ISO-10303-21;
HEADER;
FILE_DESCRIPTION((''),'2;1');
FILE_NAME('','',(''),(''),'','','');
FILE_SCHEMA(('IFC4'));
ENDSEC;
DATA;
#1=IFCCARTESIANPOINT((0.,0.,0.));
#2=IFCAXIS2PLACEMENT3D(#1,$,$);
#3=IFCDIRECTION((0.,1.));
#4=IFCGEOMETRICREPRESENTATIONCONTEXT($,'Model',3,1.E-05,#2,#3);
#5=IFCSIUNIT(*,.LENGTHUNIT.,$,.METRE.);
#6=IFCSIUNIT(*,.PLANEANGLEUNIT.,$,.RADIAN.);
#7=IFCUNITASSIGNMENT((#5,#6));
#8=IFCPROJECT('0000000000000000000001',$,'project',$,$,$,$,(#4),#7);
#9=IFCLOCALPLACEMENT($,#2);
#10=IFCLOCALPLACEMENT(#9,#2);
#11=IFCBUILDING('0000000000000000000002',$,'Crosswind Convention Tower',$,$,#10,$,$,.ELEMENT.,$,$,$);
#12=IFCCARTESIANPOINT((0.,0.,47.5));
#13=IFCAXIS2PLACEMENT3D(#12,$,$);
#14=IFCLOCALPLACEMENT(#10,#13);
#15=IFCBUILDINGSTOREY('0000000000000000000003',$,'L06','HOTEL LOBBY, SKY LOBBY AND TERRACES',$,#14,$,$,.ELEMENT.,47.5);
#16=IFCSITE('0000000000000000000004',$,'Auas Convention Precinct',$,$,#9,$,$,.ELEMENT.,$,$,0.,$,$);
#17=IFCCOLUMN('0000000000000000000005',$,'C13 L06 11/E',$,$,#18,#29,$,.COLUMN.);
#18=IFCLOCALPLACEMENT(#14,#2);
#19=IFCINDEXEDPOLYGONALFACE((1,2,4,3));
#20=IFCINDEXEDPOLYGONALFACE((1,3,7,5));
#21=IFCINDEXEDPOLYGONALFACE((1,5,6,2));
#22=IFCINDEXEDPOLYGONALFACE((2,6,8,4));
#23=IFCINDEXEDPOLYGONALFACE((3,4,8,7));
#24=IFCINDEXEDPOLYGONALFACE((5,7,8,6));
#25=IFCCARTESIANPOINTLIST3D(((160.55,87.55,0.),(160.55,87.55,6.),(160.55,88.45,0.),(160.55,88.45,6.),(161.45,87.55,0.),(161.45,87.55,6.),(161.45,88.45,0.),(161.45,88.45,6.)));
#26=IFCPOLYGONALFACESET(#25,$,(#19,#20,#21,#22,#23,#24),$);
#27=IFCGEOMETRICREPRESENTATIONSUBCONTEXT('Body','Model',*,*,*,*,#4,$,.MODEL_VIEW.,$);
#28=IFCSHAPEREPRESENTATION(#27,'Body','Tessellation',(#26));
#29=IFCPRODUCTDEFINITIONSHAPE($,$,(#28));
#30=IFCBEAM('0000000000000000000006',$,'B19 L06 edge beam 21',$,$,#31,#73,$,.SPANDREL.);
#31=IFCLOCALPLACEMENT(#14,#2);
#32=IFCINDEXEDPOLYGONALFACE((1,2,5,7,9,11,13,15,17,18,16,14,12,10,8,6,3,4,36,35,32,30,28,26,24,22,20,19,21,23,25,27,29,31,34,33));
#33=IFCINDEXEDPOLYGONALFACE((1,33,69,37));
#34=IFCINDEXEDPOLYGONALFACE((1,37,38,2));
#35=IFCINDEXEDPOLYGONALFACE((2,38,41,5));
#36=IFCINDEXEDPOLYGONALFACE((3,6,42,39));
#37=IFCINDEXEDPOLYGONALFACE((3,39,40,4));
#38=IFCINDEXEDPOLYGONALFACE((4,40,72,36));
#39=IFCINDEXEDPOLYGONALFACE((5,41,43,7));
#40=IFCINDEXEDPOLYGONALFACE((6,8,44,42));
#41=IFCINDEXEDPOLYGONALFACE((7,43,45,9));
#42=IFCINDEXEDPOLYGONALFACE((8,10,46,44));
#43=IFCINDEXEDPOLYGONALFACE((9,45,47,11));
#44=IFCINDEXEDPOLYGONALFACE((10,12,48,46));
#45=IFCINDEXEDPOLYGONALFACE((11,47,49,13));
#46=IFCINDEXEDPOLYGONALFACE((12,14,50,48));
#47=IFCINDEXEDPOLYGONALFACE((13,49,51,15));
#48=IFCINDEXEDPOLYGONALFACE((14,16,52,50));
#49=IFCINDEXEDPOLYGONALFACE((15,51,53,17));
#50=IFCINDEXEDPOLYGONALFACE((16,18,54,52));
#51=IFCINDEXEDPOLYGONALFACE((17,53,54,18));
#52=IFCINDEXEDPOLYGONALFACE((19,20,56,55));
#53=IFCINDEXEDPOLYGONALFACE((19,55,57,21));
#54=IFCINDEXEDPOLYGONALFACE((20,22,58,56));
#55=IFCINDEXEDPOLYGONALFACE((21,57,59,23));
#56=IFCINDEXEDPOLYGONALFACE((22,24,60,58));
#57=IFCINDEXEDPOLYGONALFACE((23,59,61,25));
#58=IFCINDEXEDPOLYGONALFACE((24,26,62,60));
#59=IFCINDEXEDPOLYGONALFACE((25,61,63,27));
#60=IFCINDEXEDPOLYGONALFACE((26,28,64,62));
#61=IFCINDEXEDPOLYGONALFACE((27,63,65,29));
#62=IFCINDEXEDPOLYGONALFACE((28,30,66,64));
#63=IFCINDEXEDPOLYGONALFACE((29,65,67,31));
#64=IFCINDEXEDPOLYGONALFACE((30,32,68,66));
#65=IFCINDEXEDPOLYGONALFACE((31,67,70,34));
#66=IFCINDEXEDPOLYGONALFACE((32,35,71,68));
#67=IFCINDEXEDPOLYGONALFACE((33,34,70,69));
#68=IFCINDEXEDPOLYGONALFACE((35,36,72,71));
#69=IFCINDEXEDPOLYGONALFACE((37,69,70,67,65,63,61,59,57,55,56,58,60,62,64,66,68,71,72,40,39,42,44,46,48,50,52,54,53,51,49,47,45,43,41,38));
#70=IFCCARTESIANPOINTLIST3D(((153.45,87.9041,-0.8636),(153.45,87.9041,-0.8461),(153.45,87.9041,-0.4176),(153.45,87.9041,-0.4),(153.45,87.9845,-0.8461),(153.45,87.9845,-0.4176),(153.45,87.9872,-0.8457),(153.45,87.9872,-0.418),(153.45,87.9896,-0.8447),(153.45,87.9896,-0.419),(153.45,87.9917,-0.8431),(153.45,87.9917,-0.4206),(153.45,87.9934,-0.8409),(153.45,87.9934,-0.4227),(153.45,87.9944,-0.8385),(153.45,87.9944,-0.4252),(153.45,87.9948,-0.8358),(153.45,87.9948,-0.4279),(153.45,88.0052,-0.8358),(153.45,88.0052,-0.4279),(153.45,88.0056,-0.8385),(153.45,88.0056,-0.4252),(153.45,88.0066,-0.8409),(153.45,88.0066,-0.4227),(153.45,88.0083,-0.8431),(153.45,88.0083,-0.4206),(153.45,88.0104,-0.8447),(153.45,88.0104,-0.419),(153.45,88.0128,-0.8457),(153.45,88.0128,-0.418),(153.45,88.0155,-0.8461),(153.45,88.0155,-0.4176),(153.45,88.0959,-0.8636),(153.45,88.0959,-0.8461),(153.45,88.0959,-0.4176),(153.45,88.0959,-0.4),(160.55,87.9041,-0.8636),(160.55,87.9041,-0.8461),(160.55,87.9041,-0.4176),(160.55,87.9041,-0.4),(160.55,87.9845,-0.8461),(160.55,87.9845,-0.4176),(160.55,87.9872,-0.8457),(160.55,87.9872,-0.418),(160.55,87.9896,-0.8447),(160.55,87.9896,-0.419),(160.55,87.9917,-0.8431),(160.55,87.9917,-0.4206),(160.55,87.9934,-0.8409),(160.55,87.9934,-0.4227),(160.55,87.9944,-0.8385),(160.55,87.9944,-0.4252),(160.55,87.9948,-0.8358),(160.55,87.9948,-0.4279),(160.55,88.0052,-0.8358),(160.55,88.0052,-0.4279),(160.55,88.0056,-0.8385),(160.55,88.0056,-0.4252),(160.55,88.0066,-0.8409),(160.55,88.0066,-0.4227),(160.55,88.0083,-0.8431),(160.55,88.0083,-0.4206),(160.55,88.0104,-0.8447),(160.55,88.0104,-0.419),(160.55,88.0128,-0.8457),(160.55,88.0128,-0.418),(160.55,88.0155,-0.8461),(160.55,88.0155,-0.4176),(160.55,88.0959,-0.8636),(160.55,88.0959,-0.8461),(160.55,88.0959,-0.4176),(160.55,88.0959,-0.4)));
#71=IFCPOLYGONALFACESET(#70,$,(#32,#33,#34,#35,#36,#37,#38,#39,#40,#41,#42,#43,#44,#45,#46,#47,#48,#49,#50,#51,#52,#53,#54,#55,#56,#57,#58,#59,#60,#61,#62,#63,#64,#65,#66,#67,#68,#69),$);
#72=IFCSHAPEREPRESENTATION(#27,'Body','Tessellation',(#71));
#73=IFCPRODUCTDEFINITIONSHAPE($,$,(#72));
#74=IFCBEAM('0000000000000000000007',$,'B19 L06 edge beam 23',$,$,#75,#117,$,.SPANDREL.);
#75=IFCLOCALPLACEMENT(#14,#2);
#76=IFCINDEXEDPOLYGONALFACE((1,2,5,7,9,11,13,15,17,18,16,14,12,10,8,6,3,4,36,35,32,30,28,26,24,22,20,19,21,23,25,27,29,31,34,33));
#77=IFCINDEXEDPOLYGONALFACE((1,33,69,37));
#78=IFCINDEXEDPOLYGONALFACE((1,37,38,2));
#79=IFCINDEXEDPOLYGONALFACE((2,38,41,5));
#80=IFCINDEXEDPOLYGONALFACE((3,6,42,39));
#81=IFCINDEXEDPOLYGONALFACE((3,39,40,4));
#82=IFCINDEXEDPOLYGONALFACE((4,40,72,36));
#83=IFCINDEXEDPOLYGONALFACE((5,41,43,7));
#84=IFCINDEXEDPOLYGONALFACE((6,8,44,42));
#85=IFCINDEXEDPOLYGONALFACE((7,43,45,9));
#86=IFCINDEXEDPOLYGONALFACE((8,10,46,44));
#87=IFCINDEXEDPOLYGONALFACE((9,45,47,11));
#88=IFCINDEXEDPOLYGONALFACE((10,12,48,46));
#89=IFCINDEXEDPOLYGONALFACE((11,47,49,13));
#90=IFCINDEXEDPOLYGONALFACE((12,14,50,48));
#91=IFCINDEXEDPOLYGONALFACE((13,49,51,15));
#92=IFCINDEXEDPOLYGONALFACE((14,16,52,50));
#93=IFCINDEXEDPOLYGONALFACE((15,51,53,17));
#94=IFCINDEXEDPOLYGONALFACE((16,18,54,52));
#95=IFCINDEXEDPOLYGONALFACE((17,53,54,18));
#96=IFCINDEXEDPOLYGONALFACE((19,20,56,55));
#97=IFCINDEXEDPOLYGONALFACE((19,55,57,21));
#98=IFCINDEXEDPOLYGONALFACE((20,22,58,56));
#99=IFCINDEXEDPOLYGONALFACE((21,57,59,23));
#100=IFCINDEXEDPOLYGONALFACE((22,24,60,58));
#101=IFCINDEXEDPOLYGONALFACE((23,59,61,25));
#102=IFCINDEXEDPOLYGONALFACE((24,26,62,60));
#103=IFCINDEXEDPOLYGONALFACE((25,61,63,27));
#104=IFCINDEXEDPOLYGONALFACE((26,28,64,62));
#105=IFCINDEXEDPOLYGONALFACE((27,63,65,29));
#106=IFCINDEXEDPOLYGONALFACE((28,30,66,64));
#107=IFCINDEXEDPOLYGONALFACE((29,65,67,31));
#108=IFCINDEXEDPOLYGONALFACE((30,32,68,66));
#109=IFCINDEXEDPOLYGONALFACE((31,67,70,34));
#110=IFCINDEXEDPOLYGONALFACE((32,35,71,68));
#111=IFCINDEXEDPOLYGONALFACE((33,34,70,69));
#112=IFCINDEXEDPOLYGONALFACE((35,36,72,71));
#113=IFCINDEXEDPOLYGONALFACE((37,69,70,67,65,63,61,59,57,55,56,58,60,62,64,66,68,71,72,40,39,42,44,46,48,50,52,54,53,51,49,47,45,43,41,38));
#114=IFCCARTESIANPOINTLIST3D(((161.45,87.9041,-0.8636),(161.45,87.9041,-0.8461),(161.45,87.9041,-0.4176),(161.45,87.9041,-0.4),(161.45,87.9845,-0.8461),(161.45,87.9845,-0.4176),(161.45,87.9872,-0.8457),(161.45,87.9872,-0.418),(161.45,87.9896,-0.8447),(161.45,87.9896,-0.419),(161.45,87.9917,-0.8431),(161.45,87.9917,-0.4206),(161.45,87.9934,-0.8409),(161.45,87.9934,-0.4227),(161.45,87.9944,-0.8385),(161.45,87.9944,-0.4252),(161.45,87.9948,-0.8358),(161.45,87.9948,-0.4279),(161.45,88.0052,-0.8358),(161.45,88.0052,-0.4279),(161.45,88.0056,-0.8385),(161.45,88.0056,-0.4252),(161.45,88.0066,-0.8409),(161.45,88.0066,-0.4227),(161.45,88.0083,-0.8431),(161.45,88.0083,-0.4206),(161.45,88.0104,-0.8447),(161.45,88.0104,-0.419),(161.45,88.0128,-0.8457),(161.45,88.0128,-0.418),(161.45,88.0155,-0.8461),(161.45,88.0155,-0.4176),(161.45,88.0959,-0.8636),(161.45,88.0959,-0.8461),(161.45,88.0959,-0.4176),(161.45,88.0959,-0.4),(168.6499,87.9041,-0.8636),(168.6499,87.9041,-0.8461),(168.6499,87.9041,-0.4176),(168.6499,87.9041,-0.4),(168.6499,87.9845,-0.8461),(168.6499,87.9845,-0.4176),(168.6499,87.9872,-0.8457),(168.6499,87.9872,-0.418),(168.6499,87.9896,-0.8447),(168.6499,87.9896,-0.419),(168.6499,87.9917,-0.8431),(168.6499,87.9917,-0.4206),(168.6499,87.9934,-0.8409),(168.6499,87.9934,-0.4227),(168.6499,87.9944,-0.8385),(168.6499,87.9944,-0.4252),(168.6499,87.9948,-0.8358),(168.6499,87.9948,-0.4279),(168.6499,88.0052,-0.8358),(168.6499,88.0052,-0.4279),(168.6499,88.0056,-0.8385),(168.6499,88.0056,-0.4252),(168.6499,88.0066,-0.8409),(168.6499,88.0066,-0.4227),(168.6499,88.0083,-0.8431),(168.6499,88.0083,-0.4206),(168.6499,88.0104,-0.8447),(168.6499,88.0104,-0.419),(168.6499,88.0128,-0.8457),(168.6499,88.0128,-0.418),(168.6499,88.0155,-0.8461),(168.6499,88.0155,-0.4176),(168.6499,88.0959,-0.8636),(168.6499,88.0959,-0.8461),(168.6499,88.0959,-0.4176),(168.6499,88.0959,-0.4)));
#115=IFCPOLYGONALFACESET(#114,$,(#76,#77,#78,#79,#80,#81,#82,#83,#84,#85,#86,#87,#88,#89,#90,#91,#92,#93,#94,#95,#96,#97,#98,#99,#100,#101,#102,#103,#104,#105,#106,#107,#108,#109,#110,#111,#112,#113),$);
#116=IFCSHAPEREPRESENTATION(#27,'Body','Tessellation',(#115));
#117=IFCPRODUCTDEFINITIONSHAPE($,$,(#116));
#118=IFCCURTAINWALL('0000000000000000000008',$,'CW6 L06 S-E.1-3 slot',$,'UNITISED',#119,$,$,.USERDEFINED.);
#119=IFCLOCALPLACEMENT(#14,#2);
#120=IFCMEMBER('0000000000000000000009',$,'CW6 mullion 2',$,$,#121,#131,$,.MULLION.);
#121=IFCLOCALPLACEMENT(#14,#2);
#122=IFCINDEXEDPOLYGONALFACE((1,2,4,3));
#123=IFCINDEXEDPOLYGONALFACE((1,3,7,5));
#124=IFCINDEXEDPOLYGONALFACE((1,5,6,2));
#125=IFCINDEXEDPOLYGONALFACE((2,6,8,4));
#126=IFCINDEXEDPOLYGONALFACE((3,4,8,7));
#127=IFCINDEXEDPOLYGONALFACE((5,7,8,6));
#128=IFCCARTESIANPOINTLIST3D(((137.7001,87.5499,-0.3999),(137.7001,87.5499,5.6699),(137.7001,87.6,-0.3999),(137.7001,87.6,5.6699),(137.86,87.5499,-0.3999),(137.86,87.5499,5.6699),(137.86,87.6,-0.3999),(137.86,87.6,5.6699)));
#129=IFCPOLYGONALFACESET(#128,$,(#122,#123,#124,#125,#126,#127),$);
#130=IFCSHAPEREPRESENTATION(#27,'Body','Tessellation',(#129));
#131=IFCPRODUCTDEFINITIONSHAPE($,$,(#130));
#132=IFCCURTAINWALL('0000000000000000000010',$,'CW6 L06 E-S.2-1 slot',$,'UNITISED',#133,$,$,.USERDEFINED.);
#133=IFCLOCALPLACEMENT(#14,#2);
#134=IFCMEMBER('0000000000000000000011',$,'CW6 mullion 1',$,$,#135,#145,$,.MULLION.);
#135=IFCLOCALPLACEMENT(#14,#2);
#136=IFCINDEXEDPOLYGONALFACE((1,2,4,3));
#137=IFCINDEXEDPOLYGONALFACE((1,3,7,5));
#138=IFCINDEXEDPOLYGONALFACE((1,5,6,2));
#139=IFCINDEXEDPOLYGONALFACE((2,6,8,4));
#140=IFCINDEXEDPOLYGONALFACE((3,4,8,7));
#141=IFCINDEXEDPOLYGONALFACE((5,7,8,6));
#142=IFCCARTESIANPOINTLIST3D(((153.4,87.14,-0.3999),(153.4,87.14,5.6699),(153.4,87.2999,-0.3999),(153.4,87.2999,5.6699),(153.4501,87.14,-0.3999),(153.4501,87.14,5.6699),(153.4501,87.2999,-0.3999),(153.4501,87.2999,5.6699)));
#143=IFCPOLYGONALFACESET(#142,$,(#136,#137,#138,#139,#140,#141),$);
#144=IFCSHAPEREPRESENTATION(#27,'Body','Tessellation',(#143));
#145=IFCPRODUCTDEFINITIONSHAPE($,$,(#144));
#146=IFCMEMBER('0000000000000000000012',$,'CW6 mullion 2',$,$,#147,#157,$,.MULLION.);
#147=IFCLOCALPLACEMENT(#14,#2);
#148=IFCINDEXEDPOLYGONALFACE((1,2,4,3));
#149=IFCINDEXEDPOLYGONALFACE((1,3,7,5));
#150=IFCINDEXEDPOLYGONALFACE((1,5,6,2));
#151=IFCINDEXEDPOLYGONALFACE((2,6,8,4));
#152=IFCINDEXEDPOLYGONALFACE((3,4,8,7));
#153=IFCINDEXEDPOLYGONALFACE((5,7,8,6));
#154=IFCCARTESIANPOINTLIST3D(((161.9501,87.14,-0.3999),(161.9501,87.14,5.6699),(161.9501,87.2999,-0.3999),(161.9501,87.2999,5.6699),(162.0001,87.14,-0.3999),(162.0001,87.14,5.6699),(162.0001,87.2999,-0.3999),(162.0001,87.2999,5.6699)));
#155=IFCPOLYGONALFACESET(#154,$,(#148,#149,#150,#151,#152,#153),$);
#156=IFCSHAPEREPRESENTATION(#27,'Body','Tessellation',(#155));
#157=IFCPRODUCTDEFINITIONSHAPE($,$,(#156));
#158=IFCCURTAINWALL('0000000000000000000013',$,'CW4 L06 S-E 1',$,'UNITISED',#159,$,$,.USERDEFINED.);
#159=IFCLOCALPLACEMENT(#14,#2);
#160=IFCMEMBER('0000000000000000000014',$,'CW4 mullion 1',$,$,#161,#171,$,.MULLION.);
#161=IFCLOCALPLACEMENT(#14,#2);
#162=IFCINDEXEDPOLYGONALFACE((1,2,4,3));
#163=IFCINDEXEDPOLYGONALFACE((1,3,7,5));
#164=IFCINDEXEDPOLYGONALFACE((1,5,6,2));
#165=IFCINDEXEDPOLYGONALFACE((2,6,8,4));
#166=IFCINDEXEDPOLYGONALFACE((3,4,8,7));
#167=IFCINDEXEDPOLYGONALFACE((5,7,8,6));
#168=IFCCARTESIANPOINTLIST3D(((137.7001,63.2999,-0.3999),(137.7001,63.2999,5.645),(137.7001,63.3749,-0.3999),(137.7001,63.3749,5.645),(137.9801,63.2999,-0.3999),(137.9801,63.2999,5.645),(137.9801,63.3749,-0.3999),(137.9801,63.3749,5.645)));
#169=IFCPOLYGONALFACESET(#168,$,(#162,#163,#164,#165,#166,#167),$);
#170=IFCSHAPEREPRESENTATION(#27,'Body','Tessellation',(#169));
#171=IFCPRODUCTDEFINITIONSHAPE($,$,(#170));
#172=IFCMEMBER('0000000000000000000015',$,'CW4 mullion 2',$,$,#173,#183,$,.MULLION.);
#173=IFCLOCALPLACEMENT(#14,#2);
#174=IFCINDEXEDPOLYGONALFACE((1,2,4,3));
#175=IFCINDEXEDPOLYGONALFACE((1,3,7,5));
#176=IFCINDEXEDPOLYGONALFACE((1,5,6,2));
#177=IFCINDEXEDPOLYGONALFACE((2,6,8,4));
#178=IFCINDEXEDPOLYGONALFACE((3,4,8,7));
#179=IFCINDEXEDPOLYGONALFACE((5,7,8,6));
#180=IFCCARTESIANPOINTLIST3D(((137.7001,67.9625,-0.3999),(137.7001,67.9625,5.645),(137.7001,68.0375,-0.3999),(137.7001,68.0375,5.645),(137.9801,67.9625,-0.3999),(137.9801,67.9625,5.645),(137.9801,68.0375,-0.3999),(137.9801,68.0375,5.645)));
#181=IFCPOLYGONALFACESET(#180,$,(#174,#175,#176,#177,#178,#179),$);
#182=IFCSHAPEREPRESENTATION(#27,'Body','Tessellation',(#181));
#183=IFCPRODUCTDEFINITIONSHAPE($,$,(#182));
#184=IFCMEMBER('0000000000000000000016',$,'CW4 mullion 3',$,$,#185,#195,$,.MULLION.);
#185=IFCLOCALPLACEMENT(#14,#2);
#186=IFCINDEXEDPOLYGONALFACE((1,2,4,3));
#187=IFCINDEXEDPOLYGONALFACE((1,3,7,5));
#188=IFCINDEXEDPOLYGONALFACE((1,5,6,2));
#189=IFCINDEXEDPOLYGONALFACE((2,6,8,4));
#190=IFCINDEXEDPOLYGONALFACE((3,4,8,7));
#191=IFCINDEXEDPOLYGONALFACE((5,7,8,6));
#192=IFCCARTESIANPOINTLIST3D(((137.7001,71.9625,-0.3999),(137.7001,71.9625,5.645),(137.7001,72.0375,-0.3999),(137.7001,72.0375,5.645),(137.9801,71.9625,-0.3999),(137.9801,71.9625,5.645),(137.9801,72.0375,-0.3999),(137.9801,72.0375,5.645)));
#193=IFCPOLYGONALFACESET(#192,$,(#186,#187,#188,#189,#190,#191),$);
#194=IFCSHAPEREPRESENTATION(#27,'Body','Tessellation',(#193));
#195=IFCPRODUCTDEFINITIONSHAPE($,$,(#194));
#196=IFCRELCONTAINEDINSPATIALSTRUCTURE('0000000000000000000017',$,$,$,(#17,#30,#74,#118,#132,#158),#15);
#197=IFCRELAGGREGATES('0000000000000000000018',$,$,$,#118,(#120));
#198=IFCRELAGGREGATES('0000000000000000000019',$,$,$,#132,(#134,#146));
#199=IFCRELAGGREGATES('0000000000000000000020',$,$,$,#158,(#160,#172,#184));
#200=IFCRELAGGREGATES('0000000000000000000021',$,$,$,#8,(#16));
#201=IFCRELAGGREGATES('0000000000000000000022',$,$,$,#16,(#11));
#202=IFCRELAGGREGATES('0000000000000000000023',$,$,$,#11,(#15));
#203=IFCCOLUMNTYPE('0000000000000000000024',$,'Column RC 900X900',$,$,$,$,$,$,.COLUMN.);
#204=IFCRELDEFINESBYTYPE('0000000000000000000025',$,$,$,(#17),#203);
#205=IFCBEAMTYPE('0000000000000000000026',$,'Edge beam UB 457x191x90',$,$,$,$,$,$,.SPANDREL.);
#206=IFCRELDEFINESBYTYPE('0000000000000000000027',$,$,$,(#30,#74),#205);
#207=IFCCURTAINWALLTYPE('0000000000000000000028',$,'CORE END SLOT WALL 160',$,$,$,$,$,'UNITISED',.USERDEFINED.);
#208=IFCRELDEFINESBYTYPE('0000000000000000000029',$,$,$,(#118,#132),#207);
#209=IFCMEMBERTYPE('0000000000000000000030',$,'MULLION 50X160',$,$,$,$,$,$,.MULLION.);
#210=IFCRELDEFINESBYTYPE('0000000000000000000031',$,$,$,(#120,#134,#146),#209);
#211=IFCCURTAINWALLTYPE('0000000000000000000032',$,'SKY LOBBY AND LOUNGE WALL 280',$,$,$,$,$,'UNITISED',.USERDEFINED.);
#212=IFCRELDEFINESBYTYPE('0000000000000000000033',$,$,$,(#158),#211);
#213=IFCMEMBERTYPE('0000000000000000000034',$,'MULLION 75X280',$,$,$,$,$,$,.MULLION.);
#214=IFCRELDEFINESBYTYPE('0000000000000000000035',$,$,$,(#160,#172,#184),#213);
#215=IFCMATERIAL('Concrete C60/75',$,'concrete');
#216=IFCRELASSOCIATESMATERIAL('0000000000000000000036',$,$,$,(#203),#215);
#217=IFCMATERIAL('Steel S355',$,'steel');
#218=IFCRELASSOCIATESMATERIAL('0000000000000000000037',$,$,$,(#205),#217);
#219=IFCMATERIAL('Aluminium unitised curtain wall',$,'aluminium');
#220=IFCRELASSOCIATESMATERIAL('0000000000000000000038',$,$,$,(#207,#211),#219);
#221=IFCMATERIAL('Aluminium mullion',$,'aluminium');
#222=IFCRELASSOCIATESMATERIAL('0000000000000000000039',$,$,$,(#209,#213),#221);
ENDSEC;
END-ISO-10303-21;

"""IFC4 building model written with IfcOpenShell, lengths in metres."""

from ifc_helpers import new_model, si_unit, direction, frame, origin, origin_2d, place, context, subcontext, project, spatial, rectangle, i_section, extrude, material, material_profile, profile_set, type_object, element, aggregate, save


model = new_model("IFC4")

# Units and contexts
model_context = context("Model", 3, precision=1e-05, world=origin(), true_north=direction((0.0, 1.0)))
body_context = subcontext(model_context, "Body", "Model", "MODEL_VIEW")
ifc_project = project(units=[si_unit("LENGTHUNIT", "METRE"), si_unit("PLANEANGLEUNIT", "RADIAN")], contexts=[model_context])

# Site, building, storey
site_placement = place(None, origin())
site = spatial("IfcSite", under=ifc_project, at=site_placement, Name="Auas Convention Precinct", CompositionType="ELEMENT", RefElevation=0.0)
building_placement = place(site_placement, origin())
building = spatial("IfcBuilding", under=site, at=building_placement, Name="Crosswind Convention Tower", CompositionType="ELEMENT")
storey_placement = place(building_placement, frame((0.0, 0.0, 47.5)))
storey = spatial("IfcBuildingStorey", under=building, at=storey_placement, Name="L06", Description="HOTEL LOBBY, SKY LOBBY AND TERRACES", CompositionType="ELEMENT", Elevation=47.5)

# Column
ifc_material_1 = material(Name="Concrete C60/75", Category="concrete")
ifc_material_profile_1 = material_profile(ifc_material_1, rectangle(XDim=0.8999, YDim=0.8999, at=origin_2d()), Name="RC 900X900")
ifc_profile_set_1 = profile_set([ifc_material_profile_1], Name="Concrete C60/75")
column_type = type_object("IfcColumnType", Name="Column RC 900X900", PredefinedType="COLUMN", material=ifc_profile_set_1)
column_placement = place(storey_placement, frame((161.0, 88.0, 0.0), z_axis=(0.0, 0.0, 1.0), x_axis=(1.0, 0.0, 0.0)))
element("IfcColumn", 1, at=column_placement, inside=storey, type_object=column_type, Name="C13 L06 11/E", PredefinedType="COLUMN", context=body_context, shape_type="SweptSolid", body=[
    extrude(rectangle(XDim=0.8999, YDim=0.8999, at=origin_2d()), origin(), (0.0, 0.0, 1.0), 6.0),
])

# Beams
ifc_material_2 = material(Name="Steel S355", Category="steel")
ifc_material_profile_2 = material_profile(ifc_material_2, i_section(OverallWidth=0.1919, OverallDepth=0.4636, WebThickness=0.0105, FlangeThickness=0.0176, FilletRadius=0.0103, at=origin_2d()), Name="UB 457x191x90")
ifc_profile_set_2 = profile_set([ifc_material_profile_2], Name="Steel S355")
beam_type = type_object("IfcBeamType", Name="Edge beam UB 457x191x90", PredefinedType="SPANDREL", material=ifc_profile_set_2)
beam_1_placement = place(storey_placement, frame((153.45, 88.0, -0.6318), z_axis=(1.0, 0.0, 0.0), x_axis=(0.0, 1.0, 0.0)))
element("IfcBeam", 2, at=beam_1_placement, inside=storey, type_object=beam_type, Name="B19 L06 edge beam 21", PredefinedType="SPANDREL", context=body_context, shape_type="SweptSolid", body=[
    extrude(i_section(OverallWidth=0.1919, OverallDepth=0.4636, WebThickness=0.0105, FlangeThickness=0.0176, FilletRadius=0.0103, at=origin_2d()), origin(), (0.0, 0.0, 1.0), 7.1001),
])
beam_2_placement = place(storey_placement, frame((161.45, 88.0, -0.6318), z_axis=(1.0, 0.0, 0.0), x_axis=(0.0, 1.0, 0.0)))
element("IfcBeam", 3, at=beam_2_placement, inside=storey, type_object=beam_type, Name="B19 L06 edge beam 23", PredefinedType="SPANDREL", context=body_context, shape_type="SweptSolid", body=[
    extrude(i_section(OverallWidth=0.1919, OverallDepth=0.4636, WebThickness=0.0105, FlangeThickness=0.0176, FilletRadius=0.0103, at=origin_2d()), origin(), (0.0, 0.0, 1.0), 7.2),
])

# Curtain wall, member
ifc_material_3 = material(Name="Aluminium unitised curtain wall", Category="aluminium")
curtain_wall_type_1 = type_object("IfcCurtainWallType", Name="CORE END SLOT WALL 160", ElementType="UNITISED", PredefinedType="USERDEFINED", material=ifc_material_3)
curtain_wall_1_placement = place(storey_placement, origin())
curtain_wall_1 = element("IfcCurtainWall", 4, at=curtain_wall_1_placement, inside=storey, type_object=curtain_wall_type_1, Name="CW6 L06 S-E.1-3 slot", ObjectType="UNITISED", PredefinedType="USERDEFINED")
ifc_material_4 = material(Name="Aluminium mullion", Category="aluminium")
ifc_material_profile_3 = material_profile(ifc_material_4, rectangle(XDim=0.1599, YDim=0.05, at=origin_2d()), Name="AL 160X50")
ifc_profile_set_3 = profile_set([ifc_material_profile_3], Name="Aluminium mullion")
member_type_1 = type_object("IfcMemberType", Name="MULLION 50X160", PredefinedType="MULLION", material=ifc_profile_set_3)
member_1_placement = place(storey_placement, frame((137.78, 87.575, -0.3999), z_axis=(0.0, 0.0, 1.0), x_axis=(1.0, 0.0, 0.0)))
member_1 = element("IfcMember", 5, at=member_1_placement, type_object=member_type_1, Name="CW6 mullion 2", PredefinedType="MULLION", context=body_context, shape_type="SweptSolid", body=[
    extrude(rectangle(XDim=0.1599, YDim=0.05, at=origin_2d()), origin(), (0.0, 0.0, 1.0), 6.0698),
])

# Curtain walls, members
curtain_wall_2_placement = place(storey_placement, origin())
curtain_wall_2 = element("IfcCurtainWall", 6, at=curtain_wall_2_placement, inside=storey, type_object=curtain_wall_type_1, Name="CW6 L06 E-S.2-1 slot", ObjectType="UNITISED", PredefinedType="USERDEFINED")
member_2_placement = place(storey_placement, frame((153.425, 87.22, -0.3999), z_axis=(0.0, 0.0, 1.0), x_axis=(0.0, -1.0, 0.0)))
member_2 = element("IfcMember", 7, at=member_2_placement, type_object=member_type_1, Name="CW6 mullion 1", PredefinedType="MULLION", context=body_context, shape_type="SweptSolid", body=[
    extrude(rectangle(XDim=0.1599, YDim=0.05, at=origin_2d()), origin(), (0.0, 0.0, 1.0), 6.0698),
])
member_3_placement = place(storey_placement, frame((161.9751, 87.22, -0.3999), z_axis=(0.0, 0.0, 1.0), x_axis=(0.0, -1.0, 0.0)))
member_3 = element("IfcMember", 8, at=member_3_placement, type_object=member_type_1, Name="CW6 mullion 2", PredefinedType="MULLION", context=body_context, shape_type="SweptSolid", body=[
    extrude(rectangle(XDim=0.1599, YDim=0.05, at=origin_2d()), origin(), (0.0, 0.0, 1.0), 6.0698),
])
curtain_wall_type_2 = type_object("IfcCurtainWallType", Name="SKY LOBBY AND LOUNGE WALL 280", ElementType="UNITISED", PredefinedType="USERDEFINED", material=ifc_material_3)
curtain_wall_3_placement = place(storey_placement, origin())
curtain_wall_3 = element("IfcCurtainWall", 9, at=curtain_wall_3_placement, inside=storey, type_object=curtain_wall_type_2, Name="CW4 L06 S-E 1", ObjectType="UNITISED", PredefinedType="USERDEFINED")
ifc_material_profile_4 = material_profile(ifc_material_4, rectangle(XDim=0.28, YDim=0.075, at=origin_2d()), Name="AL 280X75")
ifc_profile_set_4 = profile_set([ifc_material_profile_4], Name="Aluminium mullion")
member_type_2 = type_object("IfcMemberType", Name="MULLION 75X280", PredefinedType="MULLION", material=ifc_profile_set_4)
member_4_placement = place(storey_placement, frame((137.8401, 63.3374, -0.3999), z_axis=(0.0, 0.0, 1.0), x_axis=(1.0, 0.0, 0.0)))
member_4 = element("IfcMember", 10, at=member_4_placement, type_object=member_type_2, Name="CW4 mullion 1", PredefinedType="MULLION", context=body_context, shape_type="SweptSolid", body=[
    extrude(rectangle(XDim=0.28, YDim=0.075, at=origin_2d()), origin(), (0.0, 0.0, 1.0), 6.0449),
])
member_5_placement = place(storey_placement, frame((137.8401, 68.0, -0.3999), z_axis=(0.0, 0.0, 1.0), x_axis=(1.0, 0.0, 0.0)))
member_5 = element("IfcMember", 11, at=member_5_placement, type_object=member_type_2, Name="CW4 mullion 2", PredefinedType="MULLION", context=body_context, shape_type="SweptSolid", body=[
    extrude(rectangle(XDim=0.28, YDim=0.075, at=origin_2d()), origin(), (0.0, 0.0, 1.0), 6.0449),
])
member_6_placement = place(storey_placement, frame((137.8401, 72.0, -0.3999), z_axis=(0.0, 0.0, 1.0), x_axis=(1.0, 0.0, 0.0)))
member_6 = element("IfcMember", 12, at=member_6_placement, type_object=member_type_2, Name="CW4 mullion 3", PredefinedType="MULLION", context=body_context, shape_type="SweptSolid", body=[
    extrude(rectangle(XDim=0.28, YDim=0.075, at=origin_2d()), origin(), (0.0, 0.0, 1.0), 6.0449),
])

aggregate(curtain_wall_1, [member_1])
aggregate(curtain_wall_2, [member_2, member_3])

aggregate(curtain_wall_3, [member_4, member_5, member_6])

save(model, "model.ifc")
